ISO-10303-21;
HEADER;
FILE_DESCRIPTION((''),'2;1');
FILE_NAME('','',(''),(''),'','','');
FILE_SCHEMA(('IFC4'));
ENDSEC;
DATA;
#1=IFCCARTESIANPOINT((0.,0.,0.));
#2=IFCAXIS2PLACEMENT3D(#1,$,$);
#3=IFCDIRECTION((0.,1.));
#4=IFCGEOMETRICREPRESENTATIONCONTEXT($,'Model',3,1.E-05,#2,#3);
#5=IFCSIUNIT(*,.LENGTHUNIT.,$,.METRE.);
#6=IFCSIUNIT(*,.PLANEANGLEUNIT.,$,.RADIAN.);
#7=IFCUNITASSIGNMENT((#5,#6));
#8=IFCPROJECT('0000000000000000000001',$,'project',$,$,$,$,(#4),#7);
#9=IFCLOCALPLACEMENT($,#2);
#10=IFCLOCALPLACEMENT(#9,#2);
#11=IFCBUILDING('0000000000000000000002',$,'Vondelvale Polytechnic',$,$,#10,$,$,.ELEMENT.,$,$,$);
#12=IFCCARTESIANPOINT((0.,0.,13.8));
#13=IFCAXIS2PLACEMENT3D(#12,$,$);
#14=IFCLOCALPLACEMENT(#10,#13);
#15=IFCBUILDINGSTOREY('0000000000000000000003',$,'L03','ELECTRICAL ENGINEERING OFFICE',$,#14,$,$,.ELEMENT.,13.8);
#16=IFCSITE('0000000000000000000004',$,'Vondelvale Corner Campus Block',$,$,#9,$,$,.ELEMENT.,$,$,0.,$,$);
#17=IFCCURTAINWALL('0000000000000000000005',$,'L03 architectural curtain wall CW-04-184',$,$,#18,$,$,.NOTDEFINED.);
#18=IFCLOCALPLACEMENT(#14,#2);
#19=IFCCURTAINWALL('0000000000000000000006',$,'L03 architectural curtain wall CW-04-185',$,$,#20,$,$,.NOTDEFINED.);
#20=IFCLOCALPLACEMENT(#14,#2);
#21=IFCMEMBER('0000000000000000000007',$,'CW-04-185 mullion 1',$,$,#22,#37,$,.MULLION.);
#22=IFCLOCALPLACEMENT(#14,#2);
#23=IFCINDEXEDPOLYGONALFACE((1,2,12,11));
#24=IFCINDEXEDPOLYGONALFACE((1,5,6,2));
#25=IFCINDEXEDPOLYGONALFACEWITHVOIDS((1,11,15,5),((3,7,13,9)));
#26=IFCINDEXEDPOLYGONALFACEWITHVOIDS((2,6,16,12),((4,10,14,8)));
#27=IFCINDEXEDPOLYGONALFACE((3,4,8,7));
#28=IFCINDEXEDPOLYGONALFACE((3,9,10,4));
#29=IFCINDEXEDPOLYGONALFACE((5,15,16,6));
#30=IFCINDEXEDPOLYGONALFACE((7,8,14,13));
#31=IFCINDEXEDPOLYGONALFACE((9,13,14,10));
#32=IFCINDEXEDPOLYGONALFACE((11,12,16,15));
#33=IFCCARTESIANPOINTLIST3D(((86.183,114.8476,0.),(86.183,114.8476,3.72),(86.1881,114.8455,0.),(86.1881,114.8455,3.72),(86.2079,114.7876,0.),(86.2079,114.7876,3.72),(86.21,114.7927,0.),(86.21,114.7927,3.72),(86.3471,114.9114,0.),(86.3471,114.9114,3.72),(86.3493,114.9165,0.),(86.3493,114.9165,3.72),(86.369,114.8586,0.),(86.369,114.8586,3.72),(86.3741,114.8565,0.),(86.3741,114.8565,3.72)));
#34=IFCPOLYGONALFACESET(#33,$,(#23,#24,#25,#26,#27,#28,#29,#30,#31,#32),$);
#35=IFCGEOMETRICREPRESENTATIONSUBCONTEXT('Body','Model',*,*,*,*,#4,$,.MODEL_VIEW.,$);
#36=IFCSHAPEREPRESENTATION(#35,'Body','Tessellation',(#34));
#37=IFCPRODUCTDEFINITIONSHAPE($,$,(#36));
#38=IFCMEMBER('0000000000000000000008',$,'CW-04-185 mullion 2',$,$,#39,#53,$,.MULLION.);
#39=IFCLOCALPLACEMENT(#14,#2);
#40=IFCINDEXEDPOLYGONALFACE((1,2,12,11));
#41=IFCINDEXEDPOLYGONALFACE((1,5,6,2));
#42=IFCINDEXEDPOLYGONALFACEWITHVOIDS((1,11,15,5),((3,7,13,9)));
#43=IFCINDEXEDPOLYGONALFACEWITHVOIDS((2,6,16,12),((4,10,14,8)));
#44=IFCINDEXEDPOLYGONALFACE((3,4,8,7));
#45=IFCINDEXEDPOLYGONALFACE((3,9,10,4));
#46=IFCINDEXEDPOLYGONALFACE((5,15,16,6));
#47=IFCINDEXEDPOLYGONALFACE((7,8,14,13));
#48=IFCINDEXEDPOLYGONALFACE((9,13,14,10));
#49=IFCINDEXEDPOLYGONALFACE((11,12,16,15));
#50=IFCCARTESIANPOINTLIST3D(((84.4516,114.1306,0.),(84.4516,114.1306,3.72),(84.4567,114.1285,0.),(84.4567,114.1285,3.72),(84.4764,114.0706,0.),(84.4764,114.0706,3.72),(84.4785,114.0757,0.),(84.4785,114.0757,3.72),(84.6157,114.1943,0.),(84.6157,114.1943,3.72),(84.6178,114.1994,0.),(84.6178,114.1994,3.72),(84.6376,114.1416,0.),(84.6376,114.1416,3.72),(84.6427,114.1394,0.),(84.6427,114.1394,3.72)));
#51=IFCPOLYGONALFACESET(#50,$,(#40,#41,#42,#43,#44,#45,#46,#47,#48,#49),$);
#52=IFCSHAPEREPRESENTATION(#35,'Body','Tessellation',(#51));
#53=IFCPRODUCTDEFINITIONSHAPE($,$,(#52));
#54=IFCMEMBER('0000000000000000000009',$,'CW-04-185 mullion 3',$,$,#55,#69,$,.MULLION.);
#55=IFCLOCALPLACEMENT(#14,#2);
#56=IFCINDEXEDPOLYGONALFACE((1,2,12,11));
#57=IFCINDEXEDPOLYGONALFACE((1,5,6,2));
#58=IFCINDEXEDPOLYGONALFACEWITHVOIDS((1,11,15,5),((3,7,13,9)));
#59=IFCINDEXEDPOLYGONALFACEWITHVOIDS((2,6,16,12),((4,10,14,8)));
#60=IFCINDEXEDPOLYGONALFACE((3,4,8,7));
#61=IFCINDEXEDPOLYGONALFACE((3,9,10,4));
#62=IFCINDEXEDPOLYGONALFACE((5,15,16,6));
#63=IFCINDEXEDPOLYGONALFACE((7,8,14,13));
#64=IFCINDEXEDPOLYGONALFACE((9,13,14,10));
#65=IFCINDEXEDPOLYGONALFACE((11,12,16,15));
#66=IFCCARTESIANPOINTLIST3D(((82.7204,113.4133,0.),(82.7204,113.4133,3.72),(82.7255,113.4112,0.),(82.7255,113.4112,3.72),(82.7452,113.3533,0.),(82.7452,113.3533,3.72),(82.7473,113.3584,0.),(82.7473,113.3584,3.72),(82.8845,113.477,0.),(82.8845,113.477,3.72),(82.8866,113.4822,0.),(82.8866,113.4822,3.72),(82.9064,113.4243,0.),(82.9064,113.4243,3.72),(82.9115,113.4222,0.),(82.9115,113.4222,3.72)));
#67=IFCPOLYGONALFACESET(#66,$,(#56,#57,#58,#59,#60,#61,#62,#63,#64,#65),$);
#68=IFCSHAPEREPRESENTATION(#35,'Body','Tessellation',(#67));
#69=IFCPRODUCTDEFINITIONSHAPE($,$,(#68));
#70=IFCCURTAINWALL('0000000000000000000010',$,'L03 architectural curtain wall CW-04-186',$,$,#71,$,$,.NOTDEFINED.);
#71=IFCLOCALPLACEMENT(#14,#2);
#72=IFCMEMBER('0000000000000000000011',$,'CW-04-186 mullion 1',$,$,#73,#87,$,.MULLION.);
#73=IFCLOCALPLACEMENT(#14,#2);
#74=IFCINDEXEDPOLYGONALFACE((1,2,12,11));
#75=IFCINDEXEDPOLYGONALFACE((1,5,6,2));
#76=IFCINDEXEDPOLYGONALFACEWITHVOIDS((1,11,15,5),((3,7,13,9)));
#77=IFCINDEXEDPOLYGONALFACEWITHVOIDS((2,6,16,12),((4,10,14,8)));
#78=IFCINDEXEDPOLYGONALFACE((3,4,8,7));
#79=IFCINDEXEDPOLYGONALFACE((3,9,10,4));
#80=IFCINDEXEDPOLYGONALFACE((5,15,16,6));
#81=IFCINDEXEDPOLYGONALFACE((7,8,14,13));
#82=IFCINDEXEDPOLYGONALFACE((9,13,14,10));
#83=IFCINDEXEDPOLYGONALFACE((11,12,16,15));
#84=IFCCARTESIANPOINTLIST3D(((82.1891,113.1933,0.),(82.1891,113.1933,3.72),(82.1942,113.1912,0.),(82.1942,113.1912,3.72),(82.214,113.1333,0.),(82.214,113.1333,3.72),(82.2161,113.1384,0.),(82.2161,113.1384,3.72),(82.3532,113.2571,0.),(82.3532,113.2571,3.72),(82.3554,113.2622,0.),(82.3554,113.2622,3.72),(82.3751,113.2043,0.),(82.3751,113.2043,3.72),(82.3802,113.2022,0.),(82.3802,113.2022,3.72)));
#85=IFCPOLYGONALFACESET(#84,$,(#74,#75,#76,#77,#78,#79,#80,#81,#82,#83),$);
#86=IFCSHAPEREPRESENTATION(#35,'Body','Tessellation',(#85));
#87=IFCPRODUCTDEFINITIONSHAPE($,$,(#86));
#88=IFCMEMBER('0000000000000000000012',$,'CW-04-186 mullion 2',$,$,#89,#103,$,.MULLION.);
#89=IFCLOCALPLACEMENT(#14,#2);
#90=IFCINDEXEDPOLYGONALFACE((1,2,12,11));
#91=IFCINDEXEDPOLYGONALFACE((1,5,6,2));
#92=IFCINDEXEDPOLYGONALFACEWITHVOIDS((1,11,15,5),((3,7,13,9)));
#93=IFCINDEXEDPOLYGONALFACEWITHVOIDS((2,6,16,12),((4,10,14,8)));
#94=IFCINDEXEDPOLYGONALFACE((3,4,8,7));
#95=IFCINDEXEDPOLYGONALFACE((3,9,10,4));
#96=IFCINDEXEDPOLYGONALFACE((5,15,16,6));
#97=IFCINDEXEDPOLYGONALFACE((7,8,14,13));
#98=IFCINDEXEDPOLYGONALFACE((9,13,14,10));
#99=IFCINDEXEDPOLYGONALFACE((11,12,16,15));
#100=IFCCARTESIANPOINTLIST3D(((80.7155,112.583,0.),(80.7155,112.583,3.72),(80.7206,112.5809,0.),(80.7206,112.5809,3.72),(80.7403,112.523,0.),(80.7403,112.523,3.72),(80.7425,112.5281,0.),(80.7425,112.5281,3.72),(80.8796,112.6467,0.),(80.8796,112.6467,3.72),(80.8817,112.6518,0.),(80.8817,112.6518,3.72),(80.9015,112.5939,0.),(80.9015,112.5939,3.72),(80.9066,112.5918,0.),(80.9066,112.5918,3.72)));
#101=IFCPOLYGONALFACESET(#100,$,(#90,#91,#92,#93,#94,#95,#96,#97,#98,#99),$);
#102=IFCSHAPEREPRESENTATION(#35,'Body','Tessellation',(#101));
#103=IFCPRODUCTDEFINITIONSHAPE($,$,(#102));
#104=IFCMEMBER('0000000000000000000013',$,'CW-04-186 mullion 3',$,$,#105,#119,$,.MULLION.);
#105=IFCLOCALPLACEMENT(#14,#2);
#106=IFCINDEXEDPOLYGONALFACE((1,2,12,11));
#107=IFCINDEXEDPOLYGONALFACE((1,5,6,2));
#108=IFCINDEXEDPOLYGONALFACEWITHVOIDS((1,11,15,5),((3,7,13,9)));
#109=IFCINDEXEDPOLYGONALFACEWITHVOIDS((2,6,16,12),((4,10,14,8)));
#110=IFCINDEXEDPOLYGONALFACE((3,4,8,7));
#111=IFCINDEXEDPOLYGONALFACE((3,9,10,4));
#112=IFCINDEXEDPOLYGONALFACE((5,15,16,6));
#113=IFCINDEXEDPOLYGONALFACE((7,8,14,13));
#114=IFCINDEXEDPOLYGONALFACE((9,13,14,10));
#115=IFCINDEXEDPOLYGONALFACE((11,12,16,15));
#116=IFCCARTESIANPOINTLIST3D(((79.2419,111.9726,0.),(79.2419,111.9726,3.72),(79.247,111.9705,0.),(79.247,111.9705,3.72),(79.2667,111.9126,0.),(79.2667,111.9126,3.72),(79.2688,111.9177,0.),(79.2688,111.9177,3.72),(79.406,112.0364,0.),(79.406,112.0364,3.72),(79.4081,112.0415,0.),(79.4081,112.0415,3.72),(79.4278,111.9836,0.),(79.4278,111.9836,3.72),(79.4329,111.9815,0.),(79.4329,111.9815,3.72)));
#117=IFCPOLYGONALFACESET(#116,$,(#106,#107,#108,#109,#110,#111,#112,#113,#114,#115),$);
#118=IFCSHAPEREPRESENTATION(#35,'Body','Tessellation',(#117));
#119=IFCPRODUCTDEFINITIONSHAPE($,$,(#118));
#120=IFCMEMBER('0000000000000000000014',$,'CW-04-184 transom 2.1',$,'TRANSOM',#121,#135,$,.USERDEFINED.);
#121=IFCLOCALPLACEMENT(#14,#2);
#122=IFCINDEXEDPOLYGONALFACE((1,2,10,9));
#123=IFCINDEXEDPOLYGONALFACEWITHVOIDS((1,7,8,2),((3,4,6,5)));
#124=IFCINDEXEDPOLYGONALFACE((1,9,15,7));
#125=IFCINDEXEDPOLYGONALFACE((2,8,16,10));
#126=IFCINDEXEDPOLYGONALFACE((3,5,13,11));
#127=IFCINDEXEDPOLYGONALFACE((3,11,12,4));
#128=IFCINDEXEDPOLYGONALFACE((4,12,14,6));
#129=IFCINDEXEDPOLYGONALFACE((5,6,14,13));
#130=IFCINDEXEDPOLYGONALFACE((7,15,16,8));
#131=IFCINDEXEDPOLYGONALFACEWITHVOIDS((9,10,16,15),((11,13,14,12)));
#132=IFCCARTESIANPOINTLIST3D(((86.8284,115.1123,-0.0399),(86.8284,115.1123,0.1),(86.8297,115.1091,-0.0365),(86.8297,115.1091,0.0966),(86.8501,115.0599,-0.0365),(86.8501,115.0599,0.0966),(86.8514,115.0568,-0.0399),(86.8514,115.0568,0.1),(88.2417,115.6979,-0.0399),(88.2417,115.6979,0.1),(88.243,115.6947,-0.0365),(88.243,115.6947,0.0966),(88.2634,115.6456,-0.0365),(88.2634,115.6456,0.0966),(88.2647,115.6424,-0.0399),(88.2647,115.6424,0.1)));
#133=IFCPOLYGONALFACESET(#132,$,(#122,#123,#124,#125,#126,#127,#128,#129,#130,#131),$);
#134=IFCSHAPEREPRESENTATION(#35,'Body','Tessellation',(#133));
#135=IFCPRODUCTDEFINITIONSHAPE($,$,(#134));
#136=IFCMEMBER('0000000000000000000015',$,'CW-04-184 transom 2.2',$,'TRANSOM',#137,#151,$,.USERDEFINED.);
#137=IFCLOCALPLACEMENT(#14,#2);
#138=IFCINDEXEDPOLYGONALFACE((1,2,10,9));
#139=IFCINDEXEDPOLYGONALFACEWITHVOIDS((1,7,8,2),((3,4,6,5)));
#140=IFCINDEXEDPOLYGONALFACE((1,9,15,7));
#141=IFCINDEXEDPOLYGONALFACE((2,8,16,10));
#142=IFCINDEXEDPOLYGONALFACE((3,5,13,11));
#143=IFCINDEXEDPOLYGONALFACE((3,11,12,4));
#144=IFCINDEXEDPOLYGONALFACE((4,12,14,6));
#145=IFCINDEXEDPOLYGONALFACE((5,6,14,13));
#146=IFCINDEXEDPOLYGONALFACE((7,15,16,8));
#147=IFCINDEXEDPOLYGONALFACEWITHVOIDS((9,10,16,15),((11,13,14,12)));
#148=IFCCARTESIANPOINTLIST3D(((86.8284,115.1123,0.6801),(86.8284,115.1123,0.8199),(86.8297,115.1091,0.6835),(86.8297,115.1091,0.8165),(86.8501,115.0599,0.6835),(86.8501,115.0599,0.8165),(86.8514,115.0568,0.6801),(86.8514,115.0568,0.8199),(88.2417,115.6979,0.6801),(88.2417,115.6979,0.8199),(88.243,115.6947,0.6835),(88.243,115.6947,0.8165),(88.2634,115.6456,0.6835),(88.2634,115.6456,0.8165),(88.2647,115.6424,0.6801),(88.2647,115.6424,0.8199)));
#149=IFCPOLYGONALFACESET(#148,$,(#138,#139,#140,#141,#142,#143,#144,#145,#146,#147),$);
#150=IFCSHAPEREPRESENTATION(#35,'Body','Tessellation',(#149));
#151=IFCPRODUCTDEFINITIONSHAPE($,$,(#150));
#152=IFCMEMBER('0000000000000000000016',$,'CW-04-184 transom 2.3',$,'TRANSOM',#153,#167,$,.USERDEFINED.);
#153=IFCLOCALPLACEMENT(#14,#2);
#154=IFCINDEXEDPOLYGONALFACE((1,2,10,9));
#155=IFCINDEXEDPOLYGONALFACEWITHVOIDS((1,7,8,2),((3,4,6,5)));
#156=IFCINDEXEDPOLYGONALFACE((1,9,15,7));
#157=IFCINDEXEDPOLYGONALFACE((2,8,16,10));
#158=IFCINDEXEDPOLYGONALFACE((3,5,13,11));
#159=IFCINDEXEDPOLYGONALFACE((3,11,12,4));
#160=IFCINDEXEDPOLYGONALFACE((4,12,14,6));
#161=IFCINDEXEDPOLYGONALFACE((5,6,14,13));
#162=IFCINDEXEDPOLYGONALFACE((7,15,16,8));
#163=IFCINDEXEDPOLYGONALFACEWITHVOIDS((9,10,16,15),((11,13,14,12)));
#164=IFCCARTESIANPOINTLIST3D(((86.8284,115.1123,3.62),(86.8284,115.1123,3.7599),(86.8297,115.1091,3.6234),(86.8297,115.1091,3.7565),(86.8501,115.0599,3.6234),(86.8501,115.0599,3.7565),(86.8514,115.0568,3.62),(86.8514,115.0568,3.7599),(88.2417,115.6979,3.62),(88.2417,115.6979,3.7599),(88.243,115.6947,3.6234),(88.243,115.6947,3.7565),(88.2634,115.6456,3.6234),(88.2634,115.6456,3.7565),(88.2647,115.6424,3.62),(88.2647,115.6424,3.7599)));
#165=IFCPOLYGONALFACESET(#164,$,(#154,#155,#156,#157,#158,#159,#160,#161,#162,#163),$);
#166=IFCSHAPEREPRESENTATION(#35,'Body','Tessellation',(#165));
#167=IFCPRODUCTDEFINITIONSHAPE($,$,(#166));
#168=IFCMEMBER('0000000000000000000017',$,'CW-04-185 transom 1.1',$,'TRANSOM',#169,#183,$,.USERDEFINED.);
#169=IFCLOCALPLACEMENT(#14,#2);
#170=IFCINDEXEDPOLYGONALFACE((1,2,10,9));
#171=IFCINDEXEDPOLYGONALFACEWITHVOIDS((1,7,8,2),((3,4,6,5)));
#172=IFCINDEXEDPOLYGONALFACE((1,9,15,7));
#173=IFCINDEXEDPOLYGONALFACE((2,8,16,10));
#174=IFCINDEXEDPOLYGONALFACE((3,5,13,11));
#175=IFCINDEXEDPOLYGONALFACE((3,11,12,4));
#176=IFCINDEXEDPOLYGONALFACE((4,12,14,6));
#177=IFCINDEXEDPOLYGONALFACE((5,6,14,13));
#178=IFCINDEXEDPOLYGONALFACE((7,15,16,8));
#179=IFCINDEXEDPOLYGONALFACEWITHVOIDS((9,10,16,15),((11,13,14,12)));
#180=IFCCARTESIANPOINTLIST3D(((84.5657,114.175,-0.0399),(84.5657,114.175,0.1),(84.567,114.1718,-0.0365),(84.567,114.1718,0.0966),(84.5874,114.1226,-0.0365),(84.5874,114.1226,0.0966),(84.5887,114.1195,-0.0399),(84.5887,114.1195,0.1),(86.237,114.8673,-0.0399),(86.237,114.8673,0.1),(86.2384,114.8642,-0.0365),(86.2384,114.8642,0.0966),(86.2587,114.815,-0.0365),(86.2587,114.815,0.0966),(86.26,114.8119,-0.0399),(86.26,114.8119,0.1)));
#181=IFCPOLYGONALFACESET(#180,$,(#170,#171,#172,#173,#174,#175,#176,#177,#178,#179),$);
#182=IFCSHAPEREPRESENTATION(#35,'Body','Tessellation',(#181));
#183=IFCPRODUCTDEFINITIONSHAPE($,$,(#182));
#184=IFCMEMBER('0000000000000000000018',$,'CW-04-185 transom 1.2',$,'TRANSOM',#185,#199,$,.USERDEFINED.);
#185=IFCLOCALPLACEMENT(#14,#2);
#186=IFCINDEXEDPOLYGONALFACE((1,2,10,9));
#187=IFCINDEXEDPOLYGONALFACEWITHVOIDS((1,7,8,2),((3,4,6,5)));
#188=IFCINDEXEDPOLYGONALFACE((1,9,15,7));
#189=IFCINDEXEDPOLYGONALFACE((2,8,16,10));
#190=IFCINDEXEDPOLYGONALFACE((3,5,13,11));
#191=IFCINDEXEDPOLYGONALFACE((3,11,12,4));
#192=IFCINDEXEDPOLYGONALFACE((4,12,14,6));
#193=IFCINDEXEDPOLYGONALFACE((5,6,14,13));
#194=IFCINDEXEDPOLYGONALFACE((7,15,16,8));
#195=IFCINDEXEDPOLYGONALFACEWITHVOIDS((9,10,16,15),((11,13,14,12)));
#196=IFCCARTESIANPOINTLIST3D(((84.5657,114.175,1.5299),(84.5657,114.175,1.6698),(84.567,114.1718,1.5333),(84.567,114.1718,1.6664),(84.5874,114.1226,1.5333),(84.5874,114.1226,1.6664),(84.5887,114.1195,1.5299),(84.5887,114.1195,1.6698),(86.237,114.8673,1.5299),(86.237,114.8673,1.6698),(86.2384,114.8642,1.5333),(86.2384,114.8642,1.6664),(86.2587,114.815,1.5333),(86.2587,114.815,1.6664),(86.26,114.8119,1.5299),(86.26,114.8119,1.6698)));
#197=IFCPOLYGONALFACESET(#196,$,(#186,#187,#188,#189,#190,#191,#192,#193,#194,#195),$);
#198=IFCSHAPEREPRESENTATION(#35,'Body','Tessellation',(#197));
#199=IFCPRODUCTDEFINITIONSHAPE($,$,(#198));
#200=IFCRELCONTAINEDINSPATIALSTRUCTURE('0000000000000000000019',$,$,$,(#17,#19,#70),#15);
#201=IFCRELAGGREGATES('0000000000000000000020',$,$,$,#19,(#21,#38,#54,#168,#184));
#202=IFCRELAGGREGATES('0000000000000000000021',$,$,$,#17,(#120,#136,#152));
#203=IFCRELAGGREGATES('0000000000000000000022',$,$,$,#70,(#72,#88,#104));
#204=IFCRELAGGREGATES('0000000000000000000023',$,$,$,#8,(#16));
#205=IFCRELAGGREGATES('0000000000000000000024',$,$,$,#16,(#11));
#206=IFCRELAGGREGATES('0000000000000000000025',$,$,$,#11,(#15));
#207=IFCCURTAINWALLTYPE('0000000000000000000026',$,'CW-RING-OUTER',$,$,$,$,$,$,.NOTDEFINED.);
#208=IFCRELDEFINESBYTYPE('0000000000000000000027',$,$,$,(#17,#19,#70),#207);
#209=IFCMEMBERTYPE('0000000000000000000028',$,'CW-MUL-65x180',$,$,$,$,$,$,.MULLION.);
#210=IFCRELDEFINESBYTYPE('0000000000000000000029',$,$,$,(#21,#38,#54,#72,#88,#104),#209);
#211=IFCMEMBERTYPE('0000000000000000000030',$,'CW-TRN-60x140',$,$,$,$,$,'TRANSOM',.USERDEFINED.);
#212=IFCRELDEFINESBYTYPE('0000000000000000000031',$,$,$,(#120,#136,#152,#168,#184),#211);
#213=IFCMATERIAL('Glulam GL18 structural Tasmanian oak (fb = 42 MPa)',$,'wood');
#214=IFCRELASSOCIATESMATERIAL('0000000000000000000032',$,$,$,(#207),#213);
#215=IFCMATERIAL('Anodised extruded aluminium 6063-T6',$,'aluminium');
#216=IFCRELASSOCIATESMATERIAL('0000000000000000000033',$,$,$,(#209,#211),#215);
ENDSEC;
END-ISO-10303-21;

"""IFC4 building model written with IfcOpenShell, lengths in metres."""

from ifc_helpers import new_model, si_unit, direction, frame, origin, origin_2d, place, context, subcontext, project, spatial, hollow_rectangle, extrude, material, material_profile, profile_set, type_object, element, aggregate, save


model = new_model("IFC4")

# Units and contexts
model_context = context("Model", 3, precision=1e-05, world=origin(), true_north=direction((0.0, 1.0)))
body_context = subcontext(model_context, "Body", "Model", "MODEL_VIEW")
ifc_project = project(units=[si_unit("LENGTHUNIT", "METRE"), si_unit("PLANEANGLEUNIT", "RADIAN")], contexts=[model_context])

# Site, building, storey
site_placement = place(None, origin())
site = spatial("IfcSite", under=ifc_project, at=site_placement, Name="Vondelvale Corner Campus Block", CompositionType="ELEMENT", RefElevation=0.0)
building_placement = place(site_placement, origin())
building = spatial("IfcBuilding", under=site, at=building_placement, Name="Vondelvale Polytechnic", CompositionType="ELEMENT")
storey_placement = place(building_placement, frame((0.0, 0.0, 13.8)))
storey = spatial("IfcBuildingStorey", under=building, at=storey_placement, Name="L03", Description="ELECTRICAL ENGINEERING OFFICE", CompositionType="ELEMENT", Elevation=13.8)

# Shared definitions
ifc_material_1 = material(Name="Glulam GL18 structural Tasmanian oak (fb = 42 MPa)", Category="wood")

# Curtain wall
curtain_wall_type = type_object("IfcCurtainWallType", Name="CW-RING-OUTER", PredefinedType="NOTDEFINED", material=ifc_material_1)
curtain_wall_1_placement = place(storey_placement, origin())
curtain_wall_1 = element("IfcCurtainWall", 1, at=curtain_wall_1_placement, inside=storey, type_object=curtain_wall_type, Name="L03 architectural curtain wall CW-04-184", PredefinedType="NOTDEFINED")
ifc_material_2 = material(Name="Anodised extruded aluminium 6063-T6", Category="aluminium")
ifc_material_profile_1 = material_profile(ifc_material_2, hollow_rectangle(XDim=0.0649, YDim=0.1799, WallThickness=0.0039, at=origin_2d()), Name="CW-MUL-180x65")
ifc_profile_set_1 = profile_set([ifc_material_profile_1], Name="Anodised extruded aluminium 6063-T6")
member_type_1 = type_object("IfcMemberType", Name="CW-MUL-65x180", PredefinedType="MULLION", material=ifc_profile_set_1)

# Curtain walls, members
curtain_wall_2_placement = place(storey_placement, origin())
curtain_wall_2 = element("IfcCurtainWall", 2, at=curtain_wall_2_placement, inside=storey, type_object=curtain_wall_type, Name="L03 architectural curtain wall CW-04-185", PredefinedType="NOTDEFINED")
member_1_placement = place(storey_placement, frame((86.2786, 114.8521, 0.0), z_axis=(0.0, 0.0, 1.0), x_axis=(0.382695, -0.923875, 0.0)))
member_1 = element("IfcMember", 3, at=member_1_placement, type_object=member_type_1, Name="CW-04-185 mullion 1", PredefinedType="MULLION", context=body_context, shape_type="SweptSolid", body=[
    extrude(hollow_rectangle(XDim=0.0649, YDim=0.1799, WallThickness=0.0039, at=origin_2d()), origin(), (0.0, 0.0, 1.0), 3.72),
])
member_2_placement = place(storey_placement, frame((84.5471, 114.135, 0.0), z_axis=(0.0, 0.0, 1.0), x_axis=(0.382695, -0.923875, 0.0)))
member_2 = element("IfcMember", 4, at=member_2_placement, type_object=member_type_1, Name="CW-04-185 mullion 2", PredefinedType="MULLION", context=body_context, shape_type="SweptSolid", body=[
    extrude(hollow_rectangle(XDim=0.0649, YDim=0.1799, WallThickness=0.0039, at=origin_2d()), origin(), (0.0, 0.0, 1.0), 3.72),
])
member_3_placement = place(storey_placement, frame((82.8159, 113.4177, 0.0), z_axis=(0.0, 0.0, 1.0), x_axis=(0.382695, -0.923875, 0.0)))
member_3 = element("IfcMember", 5, at=member_3_placement, type_object=member_type_1, Name="CW-04-185 mullion 3", PredefinedType="MULLION", context=body_context, shape_type="SweptSolid", body=[
    extrude(hollow_rectangle(XDim=0.0649, YDim=0.1799, WallThickness=0.0039, at=origin_2d()), origin(), (0.0, 0.0, 1.0), 3.72),
])
curtain_wall_3_placement = place(storey_placement, origin())
curtain_wall_3 = element("IfcCurtainWall", 6, at=curtain_wall_3_placement, inside=storey, type_object=curtain_wall_type, Name="L03 architectural curtain wall CW-04-186", PredefinedType="NOTDEFINED")
member_4_placement = place(storey_placement, frame((82.2847, 113.1978, 0.0), z_axis=(0.0, 0.0, 1.0), x_axis=(0.382677, -0.923882, 0.0)))
member_4 = element("IfcMember", 7, at=member_4_placement, type_object=member_type_1, Name="CW-04-186 mullion 1", PredefinedType="MULLION", context=body_context, shape_type="SweptSolid", body=[
    extrude(hollow_rectangle(XDim=0.0649, YDim=0.1799, WallThickness=0.0039, at=origin_2d()), origin(), (0.0, 0.0, 1.0), 3.72),
])
member_5_placement = place(storey_placement, frame((80.811, 112.5874, 0.0), z_axis=(0.0, 0.0, 1.0), x_axis=(0.382677, -0.923882, 0.0)))
member_5 = element("IfcMember", 8, at=member_5_placement, type_object=member_type_1, Name="CW-04-186 mullion 2", PredefinedType="MULLION", context=body_context, shape_type="SweptSolid", body=[
    extrude(hollow_rectangle(XDim=0.0649, YDim=0.1799, WallThickness=0.0039, at=origin_2d()), origin(), (0.0, 0.0, 1.0), 3.72),
])
member_6_placement = place(storey_placement, frame((79.3374, 111.9771, 0.0), z_axis=(0.0, 0.0, 1.0), x_axis=(0.382677, -0.923882, 0.0)))
member_6 = element("IfcMember", 9, at=member_6_placement, type_object=member_type_1, Name="CW-04-186 mullion 3", PredefinedType="MULLION", context=body_context, shape_type="SweptSolid", body=[
    extrude(hollow_rectangle(XDim=0.0649, YDim=0.1799, WallThickness=0.0039, at=origin_2d()), origin(), (0.0, 0.0, 1.0), 3.72),
])

# Members
ifc_material_profile_2 = material_profile(ifc_material_2, hollow_rectangle(XDim=0.0601, YDim=0.1399, WallThickness=0.0034, at=origin_2d()), Name="CW-TRN-140x60")
ifc_profile_set_2 = profile_set([ifc_material_profile_2], Name="Anodised extruded aluminium 6063-T6")
member_type_2 = type_object("IfcMemberType", Name="CW-TRN-60x140", ElementType="TRANSOM", PredefinedType="USERDEFINED", material=ifc_profile_set_2)
member_7_placement = place(storey_placement, frame((88.2532, 115.6702, 0.03), z_axis=(-0.923816, -0.382836, 0.0), x_axis=(0.382836, -0.923816, 0.0)))
member_7 = element("IfcMember", 10, at=member_7_placement, type_object=member_type_2, Name="CW-04-184 transom 2.1", ObjectType="TRANSOM", PredefinedType="USERDEFINED", context=body_context, shape_type="SweptSolid", body=[
    extrude(hollow_rectangle(XDim=0.0601, YDim=0.1399, WallThickness=0.0034, at=origin_2d()), origin(), (0.0, 0.0, 1.0), 1.5298),
])
member_8_placement = place(storey_placement, frame((88.2532, 115.6702, 0.75), z_axis=(-0.923816, -0.382836, 0.0), x_axis=(0.382836, -0.923816, 0.0)))
member_8 = element("IfcMember", 11, at=member_8_placement, type_object=member_type_2, Name="CW-04-184 transom 2.2", ObjectType="TRANSOM", PredefinedType="USERDEFINED", context=body_context, shape_type="SweptSolid", body=[
    extrude(hollow_rectangle(XDim=0.0601, YDim=0.1399, WallThickness=0.0034, at=origin_2d()), origin(), (0.0, 0.0, 1.0), 1.5298),
])
member_9_placement = place(storey_placement, frame((88.2532, 115.6702, 3.6899), z_axis=(-0.923816, -0.382836, 0.0), x_axis=(0.382836, -0.923816, 0.0)))
member_9 = element("IfcMember", 12, at=member_9_placement, type_object=member_type_2, Name="CW-04-184 transom 2.3", ObjectType="TRANSOM", PredefinedType="USERDEFINED", context=body_context, shape_type="SweptSolid", body=[
    extrude(hollow_rectangle(XDim=0.0601, YDim=0.1399, WallThickness=0.0034, at=origin_2d()), origin(), (0.0, 0.0, 1.0), 1.5298),
])
member_10_placement = place(storey_placement, frame((86.2485, 114.8396, 0.03), z_axis=(-0.923866, -0.382717, 0.0), x_axis=(0.382717, -0.923866, 0.0)))
member_10 = element("IfcMember", 13, at=member_10_placement, type_object=member_type_2, Name="CW-04-185 transom 1.1", ObjectType="TRANSOM", PredefinedType="USERDEFINED", context=body_context, shape_type="SweptSolid", body=[
    extrude(hollow_rectangle(XDim=0.0601, YDim=0.1399, WallThickness=0.0034, at=origin_2d()), origin(), (0.0, 0.0, 1.0), 1.8091),
])
member_11_placement = place(storey_placement, frame((86.2485, 114.8396, 1.5999), z_axis=(-0.923866, -0.382717, 0.0), x_axis=(0.382717, -0.923866, 0.0)))
member_11 = element("IfcMember", 14, at=member_11_placement, type_object=member_type_2, Name="CW-04-185 transom 1.2", ObjectType="TRANSOM", PredefinedType="USERDEFINED", context=body_context, shape_type="SweptSolid", body=[
    extrude(hollow_rectangle(XDim=0.0601, YDim=0.1399, WallThickness=0.0034, at=origin_2d()), origin(), (0.0, 0.0, 1.0), 1.8091),
])

aggregate(curtain_wall_2, [member_1, member_2, member_3, member_10, member_11])
aggregate(curtain_wall_1, [member_7, member_8, member_9])
aggregate(curtain_wall_3, [member_4, member_5, member_6])

save(model, "model.ifc")
